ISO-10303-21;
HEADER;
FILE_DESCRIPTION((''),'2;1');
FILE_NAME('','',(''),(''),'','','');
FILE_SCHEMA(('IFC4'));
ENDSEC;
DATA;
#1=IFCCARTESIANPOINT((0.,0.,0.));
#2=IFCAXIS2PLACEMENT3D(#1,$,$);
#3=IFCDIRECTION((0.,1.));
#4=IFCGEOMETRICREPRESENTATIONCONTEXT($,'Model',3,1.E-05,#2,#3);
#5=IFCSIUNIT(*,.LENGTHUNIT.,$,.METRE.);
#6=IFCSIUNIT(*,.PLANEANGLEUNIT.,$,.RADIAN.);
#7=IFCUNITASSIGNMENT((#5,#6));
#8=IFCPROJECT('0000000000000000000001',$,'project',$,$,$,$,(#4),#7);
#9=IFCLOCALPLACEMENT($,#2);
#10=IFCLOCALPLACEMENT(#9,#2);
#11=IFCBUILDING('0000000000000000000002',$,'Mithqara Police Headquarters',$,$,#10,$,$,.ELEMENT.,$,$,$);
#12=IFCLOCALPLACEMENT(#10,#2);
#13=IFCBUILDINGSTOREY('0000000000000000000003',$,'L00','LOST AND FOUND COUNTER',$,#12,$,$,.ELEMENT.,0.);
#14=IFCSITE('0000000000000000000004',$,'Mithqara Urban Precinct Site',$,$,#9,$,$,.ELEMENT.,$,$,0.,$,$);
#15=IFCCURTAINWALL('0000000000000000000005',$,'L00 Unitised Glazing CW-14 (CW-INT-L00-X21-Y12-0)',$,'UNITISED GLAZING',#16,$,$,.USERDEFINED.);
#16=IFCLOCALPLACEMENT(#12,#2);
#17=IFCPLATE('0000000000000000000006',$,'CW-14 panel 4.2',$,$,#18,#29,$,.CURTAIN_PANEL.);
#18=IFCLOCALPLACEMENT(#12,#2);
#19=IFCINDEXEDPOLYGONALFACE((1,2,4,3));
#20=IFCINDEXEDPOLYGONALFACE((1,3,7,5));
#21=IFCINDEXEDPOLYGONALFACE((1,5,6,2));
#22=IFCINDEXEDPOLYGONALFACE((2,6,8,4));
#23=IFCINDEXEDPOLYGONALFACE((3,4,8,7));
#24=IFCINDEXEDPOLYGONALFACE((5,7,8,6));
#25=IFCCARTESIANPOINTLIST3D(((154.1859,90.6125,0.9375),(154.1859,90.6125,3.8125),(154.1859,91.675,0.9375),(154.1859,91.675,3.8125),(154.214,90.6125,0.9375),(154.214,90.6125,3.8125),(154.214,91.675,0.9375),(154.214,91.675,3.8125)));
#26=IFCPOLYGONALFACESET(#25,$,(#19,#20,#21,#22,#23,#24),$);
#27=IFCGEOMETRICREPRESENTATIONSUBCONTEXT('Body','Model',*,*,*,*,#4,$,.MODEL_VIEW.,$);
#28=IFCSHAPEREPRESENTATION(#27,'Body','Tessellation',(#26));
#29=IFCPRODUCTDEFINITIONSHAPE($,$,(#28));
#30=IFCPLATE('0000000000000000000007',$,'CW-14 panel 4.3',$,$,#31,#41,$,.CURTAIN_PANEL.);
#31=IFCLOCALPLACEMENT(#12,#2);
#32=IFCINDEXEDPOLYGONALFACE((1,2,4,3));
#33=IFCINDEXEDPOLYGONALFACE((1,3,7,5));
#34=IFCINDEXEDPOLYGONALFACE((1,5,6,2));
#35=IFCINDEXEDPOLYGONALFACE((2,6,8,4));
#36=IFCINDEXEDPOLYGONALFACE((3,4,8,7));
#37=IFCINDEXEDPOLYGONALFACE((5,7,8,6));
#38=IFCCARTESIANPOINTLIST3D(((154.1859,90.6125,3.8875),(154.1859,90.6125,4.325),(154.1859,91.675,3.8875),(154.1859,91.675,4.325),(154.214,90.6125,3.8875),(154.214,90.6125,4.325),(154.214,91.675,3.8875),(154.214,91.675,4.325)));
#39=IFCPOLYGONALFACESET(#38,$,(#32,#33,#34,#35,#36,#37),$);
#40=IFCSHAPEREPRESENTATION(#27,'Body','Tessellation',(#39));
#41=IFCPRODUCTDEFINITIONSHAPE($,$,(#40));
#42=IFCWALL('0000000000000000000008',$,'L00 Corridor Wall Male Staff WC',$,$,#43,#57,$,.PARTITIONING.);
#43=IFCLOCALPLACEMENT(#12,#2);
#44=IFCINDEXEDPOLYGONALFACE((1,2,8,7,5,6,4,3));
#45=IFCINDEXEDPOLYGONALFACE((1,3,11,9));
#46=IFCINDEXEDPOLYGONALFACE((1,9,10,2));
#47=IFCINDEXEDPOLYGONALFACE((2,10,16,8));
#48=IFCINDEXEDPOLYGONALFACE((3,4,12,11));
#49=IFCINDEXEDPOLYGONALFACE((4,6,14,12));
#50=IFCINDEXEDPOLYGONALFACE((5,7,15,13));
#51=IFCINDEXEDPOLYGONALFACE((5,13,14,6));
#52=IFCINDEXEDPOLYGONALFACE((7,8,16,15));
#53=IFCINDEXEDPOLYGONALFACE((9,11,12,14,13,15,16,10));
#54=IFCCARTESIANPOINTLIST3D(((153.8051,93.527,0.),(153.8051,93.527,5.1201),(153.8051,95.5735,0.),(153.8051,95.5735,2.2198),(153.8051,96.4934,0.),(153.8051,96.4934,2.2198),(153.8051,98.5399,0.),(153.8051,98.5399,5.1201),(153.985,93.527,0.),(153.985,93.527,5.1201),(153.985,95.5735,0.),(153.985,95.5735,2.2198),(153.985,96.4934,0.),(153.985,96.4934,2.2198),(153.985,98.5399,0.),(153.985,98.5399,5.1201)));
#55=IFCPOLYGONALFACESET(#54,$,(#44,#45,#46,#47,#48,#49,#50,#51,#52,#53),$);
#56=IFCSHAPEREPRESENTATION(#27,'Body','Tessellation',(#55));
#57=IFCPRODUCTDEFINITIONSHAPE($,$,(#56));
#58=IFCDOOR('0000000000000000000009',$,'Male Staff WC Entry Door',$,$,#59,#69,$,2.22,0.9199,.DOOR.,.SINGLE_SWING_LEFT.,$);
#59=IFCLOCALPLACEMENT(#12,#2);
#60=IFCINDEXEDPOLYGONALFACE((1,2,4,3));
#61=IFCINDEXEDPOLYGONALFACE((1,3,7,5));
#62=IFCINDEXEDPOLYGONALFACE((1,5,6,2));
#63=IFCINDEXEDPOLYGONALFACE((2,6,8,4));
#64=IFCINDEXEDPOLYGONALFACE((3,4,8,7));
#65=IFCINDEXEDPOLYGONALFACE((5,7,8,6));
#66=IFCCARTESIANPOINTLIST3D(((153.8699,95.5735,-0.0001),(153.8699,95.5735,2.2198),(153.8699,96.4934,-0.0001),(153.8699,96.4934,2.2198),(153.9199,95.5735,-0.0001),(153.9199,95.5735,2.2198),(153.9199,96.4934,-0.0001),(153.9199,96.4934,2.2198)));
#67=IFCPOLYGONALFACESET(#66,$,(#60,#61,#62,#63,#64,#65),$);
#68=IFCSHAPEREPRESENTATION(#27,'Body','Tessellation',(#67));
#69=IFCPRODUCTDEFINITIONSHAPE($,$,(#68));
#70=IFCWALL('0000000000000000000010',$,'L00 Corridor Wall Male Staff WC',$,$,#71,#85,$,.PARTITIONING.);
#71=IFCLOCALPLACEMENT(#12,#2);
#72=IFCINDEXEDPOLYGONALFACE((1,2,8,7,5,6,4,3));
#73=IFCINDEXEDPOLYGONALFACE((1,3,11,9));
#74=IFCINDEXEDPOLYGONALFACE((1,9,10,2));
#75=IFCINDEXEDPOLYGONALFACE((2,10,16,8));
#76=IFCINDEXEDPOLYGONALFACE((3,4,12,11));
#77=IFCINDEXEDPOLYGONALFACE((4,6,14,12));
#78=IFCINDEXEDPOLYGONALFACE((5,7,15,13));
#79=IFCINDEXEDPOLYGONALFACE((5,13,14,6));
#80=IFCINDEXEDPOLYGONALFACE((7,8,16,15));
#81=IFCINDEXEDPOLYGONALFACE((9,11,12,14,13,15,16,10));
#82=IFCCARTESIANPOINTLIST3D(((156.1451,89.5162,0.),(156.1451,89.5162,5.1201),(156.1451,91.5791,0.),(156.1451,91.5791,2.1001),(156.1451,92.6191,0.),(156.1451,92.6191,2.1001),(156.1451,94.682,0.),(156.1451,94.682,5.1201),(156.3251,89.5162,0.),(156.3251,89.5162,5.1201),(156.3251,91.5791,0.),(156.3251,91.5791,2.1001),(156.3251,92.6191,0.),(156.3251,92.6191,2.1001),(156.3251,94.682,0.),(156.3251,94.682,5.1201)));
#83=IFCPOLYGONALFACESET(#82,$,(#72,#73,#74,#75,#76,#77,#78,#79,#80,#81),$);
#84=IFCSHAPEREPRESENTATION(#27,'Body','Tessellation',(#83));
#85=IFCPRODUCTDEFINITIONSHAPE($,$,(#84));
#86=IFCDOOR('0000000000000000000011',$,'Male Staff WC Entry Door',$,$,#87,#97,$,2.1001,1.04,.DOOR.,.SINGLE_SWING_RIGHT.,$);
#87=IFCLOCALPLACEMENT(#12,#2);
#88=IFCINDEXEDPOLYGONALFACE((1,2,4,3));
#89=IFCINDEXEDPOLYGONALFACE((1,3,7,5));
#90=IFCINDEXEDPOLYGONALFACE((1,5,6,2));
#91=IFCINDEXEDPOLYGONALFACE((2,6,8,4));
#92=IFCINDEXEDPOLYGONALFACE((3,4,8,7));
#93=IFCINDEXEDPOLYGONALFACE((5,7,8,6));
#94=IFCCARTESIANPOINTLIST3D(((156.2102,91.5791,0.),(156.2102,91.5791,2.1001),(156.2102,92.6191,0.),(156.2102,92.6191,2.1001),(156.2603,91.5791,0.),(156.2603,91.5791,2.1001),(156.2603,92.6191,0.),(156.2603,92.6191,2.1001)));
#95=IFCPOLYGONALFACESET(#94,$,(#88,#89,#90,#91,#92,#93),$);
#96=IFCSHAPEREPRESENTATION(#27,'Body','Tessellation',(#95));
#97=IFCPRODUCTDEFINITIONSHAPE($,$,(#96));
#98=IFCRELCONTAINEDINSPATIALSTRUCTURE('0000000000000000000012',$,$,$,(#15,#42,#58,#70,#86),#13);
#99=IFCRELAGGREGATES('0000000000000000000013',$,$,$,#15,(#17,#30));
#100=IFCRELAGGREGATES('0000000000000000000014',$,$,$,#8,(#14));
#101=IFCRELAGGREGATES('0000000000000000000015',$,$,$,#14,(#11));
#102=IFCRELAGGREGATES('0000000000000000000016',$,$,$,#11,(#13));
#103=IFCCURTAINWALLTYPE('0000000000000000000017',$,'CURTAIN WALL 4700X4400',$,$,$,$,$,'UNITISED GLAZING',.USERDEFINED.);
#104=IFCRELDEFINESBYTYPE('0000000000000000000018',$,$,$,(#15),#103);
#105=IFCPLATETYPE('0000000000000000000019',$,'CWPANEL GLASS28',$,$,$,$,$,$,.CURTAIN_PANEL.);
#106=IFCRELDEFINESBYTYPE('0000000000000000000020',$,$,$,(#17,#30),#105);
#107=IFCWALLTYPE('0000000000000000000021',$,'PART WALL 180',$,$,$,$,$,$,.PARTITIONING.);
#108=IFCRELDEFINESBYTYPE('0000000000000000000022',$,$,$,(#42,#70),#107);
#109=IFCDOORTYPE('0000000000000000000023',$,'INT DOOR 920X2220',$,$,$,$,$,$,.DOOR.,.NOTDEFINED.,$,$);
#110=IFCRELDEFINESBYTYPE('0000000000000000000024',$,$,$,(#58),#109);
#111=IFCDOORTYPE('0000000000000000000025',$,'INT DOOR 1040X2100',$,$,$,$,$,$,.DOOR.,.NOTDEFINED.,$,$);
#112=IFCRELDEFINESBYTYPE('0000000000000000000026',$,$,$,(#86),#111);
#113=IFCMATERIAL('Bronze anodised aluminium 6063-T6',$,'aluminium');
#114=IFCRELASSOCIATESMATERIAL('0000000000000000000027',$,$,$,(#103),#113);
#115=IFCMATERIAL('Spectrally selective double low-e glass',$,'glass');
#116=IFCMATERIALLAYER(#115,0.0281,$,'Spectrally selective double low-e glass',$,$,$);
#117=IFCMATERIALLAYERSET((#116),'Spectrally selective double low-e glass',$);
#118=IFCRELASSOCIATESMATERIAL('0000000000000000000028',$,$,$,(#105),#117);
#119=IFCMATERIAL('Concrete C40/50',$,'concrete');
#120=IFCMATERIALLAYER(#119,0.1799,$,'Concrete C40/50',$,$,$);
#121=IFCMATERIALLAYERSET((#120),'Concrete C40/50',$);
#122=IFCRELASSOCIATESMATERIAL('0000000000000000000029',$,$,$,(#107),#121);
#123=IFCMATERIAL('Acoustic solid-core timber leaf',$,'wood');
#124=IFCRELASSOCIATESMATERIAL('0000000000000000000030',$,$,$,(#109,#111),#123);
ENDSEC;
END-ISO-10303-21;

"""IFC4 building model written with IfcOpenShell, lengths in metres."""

from ifc_helpers import new_model, si_unit, direction, frame, frame_2d, origin, origin_2d, place, context, subcontext, project, spatial, rectangle, extrude, material, layer, layer_set, type_object, element, fill, aggregate, save


model = new_model("IFC4")

# Units and contexts
model_context = context("Model", 3, precision=1e-05, world=origin(), true_north=direction((0.0, 1.0)))
body_context = subcontext(model_context, "Body", "Model", "MODEL_VIEW")
ifc_project = project(units=[si_unit("LENGTHUNIT", "METRE"), si_unit("PLANEANGLEUNIT", "RADIAN")], contexts=[model_context])

# Site, building, storey
site_placement = place(None, origin())
site = spatial("IfcSite", under=ifc_project, at=site_placement, Name="Mithqara Urban Precinct Site", CompositionType="ELEMENT", RefElevation=0.0)
building_placement = place(site_placement, origin())
building = spatial("IfcBuilding", under=site, at=building_placement, Name="Mithqara Police Headquarters", CompositionType="ELEMENT")
storey_placement = place(building_placement, origin())
storey = spatial("IfcBuildingStorey", under=building, at=storey_placement, Name="L00", Description="LOST AND FOUND COUNTER", CompositionType="ELEMENT", Elevation=0.0)

# Shared definitions
ifc_material_1 = material(Name="Concrete C40/50", Category="concrete")

# Curtain wall, plates
ifc_material_2 = material(Name="Bronze anodised aluminium 6063-T6", Category="aluminium")
curtain_wall_type = type_object("IfcCurtainWallType", Name="CURTAIN WALL 4700X4400", ElementType="UNITISED GLAZING", PredefinedType="USERDEFINED", material=ifc_material_2)
curtain_wall_placement = place(storey_placement, origin())
curtain_wall = element("IfcCurtainWall", 1, at=curtain_wall_placement, inside=storey, type_object=curtain_wall_type, Name="L00 Unitised Glazing CW-14 (CW-INT-L00-X21-Y12-0)", ObjectType="UNITISED GLAZING", PredefinedType="USERDEFINED")
ifc_material_3 = material(Name="Spectrally selective double low-e glass", Category="glass")
ifc_layer_1 = layer(ifc_material_3, 0.0281, Name="Spectrally selective double low-e glass")
ifc_layer_set_1 = layer_set([ifc_layer_1], Name="Spectrally selective double low-e glass")
plate_type = type_object("IfcPlateType", Name="CWPANEL GLASS28", PredefinedType="CURTAIN_PANEL", material=ifc_layer_set_1)
plate_1_placement = place(storey_placement, frame((154.2, 91.1438, 0.9375), z_axis=(0.0, 0.0, 1.0), x_axis=(0.0, 1.0, 0.0)))
plate_1 = element("IfcPlate", 2, at=plate_1_placement, type_object=plate_type, Name="CW-14 panel 4.2", PredefinedType="CURTAIN_PANEL", context=body_context, shape_type="SweptSolid", body=[
    extrude(rectangle(XDim=1.0625, YDim=0.0281, at=origin_2d()), origin(), (0.0, 0.0, 1.0), 2.875),
])
plate_2_placement = place(storey_placement, frame((154.2, 91.1438, 3.8875), z_axis=(0.0, 0.0, 1.0), x_axis=(0.0, 1.0, 0.0)))
plate_2 = element("IfcPlate", 3, at=plate_2_placement, type_object=plate_type, Name="CW-14 panel 4.3", PredefinedType="CURTAIN_PANEL", context=body_context, shape_type="SweptSolid", body=[
    extrude(rectangle(XDim=1.0625, YDim=0.0281, at=origin_2d()), origin(), (0.0, 0.0, 1.0), 0.4375),
])
aggregate(curtain_wall, [plate_1, plate_2])

# Walls, openings, doors
ifc_layer_2 = layer(ifc_material_1, 0.1799, Name="Concrete C40/50")
ifc_layer_set_2 = layer_set([ifc_layer_2], Name="Concrete C40/50")
wall_type = type_object("IfcWallType", Name="PART WALL 180", PredefinedType="PARTITIONING", material=ifc_layer_set_2)
wall_1_placement = place(storey_placement, frame((153.895, 93.5271, 0.0), z_axis=(0.0, 0.0, 1.0), x_axis=(0.0, 1.0, 0.0)))
wall_1 = element("IfcWall", 4, at=wall_1_placement, inside=storey, type_object=wall_type, Name="L00 Corridor Wall Male Staff WC", PredefinedType="PARTITIONING", context=body_context, shape_type="SweptSolid", body=[
    extrude(rectangle(XDim=5.0129, YDim=0.1799, at=frame_2d((2.5063, 0.0))), origin(), (0.0, 0.0, 1.0), 5.1201),
])
opening_1_placement = place(wall_1_placement, frame((2.0464, 0.0, 0.0)))
opening_1 = element("IfcOpeningElement", 5, at=opening_1_placement, cuts=wall_1, PredefinedType="OPENING", context=body_context, shape_type="SweptSolid", body=[
    extrude(rectangle(XDim=0.9199, YDim=2.22, at=frame_2d((0.46, 1.1099))), frame((0.0, 0.1001, 0.0), z_axis=(0.0, -1.0, 0.0), x_axis=(1.0, 0.0, 0.0)), (0.0, 0.0, 1.0), 0.2),
])
ifc_material_4 = material(Name="Acoustic solid-core timber leaf", Category="wood")
door_type_1 = type_object("IfcDoorType", Name="INT DOOR 920X2220", OperationType="NOTDEFINED", PredefinedType="DOOR", material=ifc_material_4)
door_1_placement = place(opening_1_placement, frame((0.9199, 0.0, 0.0), z_axis=(0.0, 0.0, 1.0), x_axis=(-1.0, 0.0, 0.0)))
door_1 = element("IfcDoor", 6, at=door_1_placement, inside=storey, type_object=door_type_1, Name="Male Staff WC Entry Door", OperationType="SINGLE_SWING_LEFT", OverallHeight=2.22, OverallWidth=0.9199, PredefinedType="DOOR", context=body_context, shape_type="SweptSolid", body=[
    extrude(rectangle(XDim=0.9199, YDim=2.22, at=frame_2d((0.46, 1.1099))), frame((0.0, 0.0249, 0.0), z_axis=(0.0, -1.0, 0.0), x_axis=(1.0, 0.0, 0.0)), (0.0, 0.0, 1.0), 0.05),
])
fill(opening_1, door_1)
wall_2_placement = place(storey_placement, frame((156.2351, 89.5161, 0.0), z_axis=(0.0, 0.0, 1.0), x_axis=(0.0, 1.0, 0.0)))
wall_2 = element("IfcWall", 7, at=wall_2_placement, inside=storey, type_object=wall_type, Name="L00 Corridor Wall Male Staff WC", PredefinedType="PARTITIONING", context=body_context, shape_type="SweptSolid", body=[
    extrude(rectangle(XDim=5.1658, YDim=0.1799, at=frame_2d((2.583, 0.0))), origin(), (0.0, 0.0, 1.0), 5.1201),
])
opening_2_placement = place(wall_2_placement, frame((2.063, 0.0, 0.0)))
opening_2 = element("IfcOpeningElement", 8, at=opening_2_placement, cuts=wall_2, PredefinedType="OPENING", context=body_context, shape_type="SweptSolid", body=[
    extrude(rectangle(XDim=1.04, YDim=2.1001, at=frame_2d((0.52, 1.05))), frame((0.0, 0.1001, 0.0), z_axis=(0.0, -1.0, 0.0), x_axis=(1.0, 0.0, 0.0)), (0.0, 0.0, 1.0), 0.2),
])
door_type_2 = type_object("IfcDoorType", Name="INT DOOR 1040X2100", OperationType="NOTDEFINED", PredefinedType="DOOR", material=ifc_material_4)
door_2_placement = place(opening_2_placement, origin())
door_2 = element("IfcDoor", 9, at=door_2_placement, inside=storey, type_object=door_type_2, Name="Male Staff WC Entry Door", OperationType="SINGLE_SWING_RIGHT", OverallHeight=2.1001, OverallWidth=1.04, PredefinedType="DOOR", context=body_context, shape_type="SweptSolid", body=[
    extrude(rectangle(XDim=1.04, YDim=2.1001, at=frame_2d((0.52, 1.05))), frame((0.0, 0.0249, 0.0), z_axis=(0.0, -1.0, 0.0), x_axis=(1.0, 0.0, 0.0)), (0.0, 0.0, 1.0), 0.05),
])
fill(opening_2, door_2)

save(model, "model.ifc")
